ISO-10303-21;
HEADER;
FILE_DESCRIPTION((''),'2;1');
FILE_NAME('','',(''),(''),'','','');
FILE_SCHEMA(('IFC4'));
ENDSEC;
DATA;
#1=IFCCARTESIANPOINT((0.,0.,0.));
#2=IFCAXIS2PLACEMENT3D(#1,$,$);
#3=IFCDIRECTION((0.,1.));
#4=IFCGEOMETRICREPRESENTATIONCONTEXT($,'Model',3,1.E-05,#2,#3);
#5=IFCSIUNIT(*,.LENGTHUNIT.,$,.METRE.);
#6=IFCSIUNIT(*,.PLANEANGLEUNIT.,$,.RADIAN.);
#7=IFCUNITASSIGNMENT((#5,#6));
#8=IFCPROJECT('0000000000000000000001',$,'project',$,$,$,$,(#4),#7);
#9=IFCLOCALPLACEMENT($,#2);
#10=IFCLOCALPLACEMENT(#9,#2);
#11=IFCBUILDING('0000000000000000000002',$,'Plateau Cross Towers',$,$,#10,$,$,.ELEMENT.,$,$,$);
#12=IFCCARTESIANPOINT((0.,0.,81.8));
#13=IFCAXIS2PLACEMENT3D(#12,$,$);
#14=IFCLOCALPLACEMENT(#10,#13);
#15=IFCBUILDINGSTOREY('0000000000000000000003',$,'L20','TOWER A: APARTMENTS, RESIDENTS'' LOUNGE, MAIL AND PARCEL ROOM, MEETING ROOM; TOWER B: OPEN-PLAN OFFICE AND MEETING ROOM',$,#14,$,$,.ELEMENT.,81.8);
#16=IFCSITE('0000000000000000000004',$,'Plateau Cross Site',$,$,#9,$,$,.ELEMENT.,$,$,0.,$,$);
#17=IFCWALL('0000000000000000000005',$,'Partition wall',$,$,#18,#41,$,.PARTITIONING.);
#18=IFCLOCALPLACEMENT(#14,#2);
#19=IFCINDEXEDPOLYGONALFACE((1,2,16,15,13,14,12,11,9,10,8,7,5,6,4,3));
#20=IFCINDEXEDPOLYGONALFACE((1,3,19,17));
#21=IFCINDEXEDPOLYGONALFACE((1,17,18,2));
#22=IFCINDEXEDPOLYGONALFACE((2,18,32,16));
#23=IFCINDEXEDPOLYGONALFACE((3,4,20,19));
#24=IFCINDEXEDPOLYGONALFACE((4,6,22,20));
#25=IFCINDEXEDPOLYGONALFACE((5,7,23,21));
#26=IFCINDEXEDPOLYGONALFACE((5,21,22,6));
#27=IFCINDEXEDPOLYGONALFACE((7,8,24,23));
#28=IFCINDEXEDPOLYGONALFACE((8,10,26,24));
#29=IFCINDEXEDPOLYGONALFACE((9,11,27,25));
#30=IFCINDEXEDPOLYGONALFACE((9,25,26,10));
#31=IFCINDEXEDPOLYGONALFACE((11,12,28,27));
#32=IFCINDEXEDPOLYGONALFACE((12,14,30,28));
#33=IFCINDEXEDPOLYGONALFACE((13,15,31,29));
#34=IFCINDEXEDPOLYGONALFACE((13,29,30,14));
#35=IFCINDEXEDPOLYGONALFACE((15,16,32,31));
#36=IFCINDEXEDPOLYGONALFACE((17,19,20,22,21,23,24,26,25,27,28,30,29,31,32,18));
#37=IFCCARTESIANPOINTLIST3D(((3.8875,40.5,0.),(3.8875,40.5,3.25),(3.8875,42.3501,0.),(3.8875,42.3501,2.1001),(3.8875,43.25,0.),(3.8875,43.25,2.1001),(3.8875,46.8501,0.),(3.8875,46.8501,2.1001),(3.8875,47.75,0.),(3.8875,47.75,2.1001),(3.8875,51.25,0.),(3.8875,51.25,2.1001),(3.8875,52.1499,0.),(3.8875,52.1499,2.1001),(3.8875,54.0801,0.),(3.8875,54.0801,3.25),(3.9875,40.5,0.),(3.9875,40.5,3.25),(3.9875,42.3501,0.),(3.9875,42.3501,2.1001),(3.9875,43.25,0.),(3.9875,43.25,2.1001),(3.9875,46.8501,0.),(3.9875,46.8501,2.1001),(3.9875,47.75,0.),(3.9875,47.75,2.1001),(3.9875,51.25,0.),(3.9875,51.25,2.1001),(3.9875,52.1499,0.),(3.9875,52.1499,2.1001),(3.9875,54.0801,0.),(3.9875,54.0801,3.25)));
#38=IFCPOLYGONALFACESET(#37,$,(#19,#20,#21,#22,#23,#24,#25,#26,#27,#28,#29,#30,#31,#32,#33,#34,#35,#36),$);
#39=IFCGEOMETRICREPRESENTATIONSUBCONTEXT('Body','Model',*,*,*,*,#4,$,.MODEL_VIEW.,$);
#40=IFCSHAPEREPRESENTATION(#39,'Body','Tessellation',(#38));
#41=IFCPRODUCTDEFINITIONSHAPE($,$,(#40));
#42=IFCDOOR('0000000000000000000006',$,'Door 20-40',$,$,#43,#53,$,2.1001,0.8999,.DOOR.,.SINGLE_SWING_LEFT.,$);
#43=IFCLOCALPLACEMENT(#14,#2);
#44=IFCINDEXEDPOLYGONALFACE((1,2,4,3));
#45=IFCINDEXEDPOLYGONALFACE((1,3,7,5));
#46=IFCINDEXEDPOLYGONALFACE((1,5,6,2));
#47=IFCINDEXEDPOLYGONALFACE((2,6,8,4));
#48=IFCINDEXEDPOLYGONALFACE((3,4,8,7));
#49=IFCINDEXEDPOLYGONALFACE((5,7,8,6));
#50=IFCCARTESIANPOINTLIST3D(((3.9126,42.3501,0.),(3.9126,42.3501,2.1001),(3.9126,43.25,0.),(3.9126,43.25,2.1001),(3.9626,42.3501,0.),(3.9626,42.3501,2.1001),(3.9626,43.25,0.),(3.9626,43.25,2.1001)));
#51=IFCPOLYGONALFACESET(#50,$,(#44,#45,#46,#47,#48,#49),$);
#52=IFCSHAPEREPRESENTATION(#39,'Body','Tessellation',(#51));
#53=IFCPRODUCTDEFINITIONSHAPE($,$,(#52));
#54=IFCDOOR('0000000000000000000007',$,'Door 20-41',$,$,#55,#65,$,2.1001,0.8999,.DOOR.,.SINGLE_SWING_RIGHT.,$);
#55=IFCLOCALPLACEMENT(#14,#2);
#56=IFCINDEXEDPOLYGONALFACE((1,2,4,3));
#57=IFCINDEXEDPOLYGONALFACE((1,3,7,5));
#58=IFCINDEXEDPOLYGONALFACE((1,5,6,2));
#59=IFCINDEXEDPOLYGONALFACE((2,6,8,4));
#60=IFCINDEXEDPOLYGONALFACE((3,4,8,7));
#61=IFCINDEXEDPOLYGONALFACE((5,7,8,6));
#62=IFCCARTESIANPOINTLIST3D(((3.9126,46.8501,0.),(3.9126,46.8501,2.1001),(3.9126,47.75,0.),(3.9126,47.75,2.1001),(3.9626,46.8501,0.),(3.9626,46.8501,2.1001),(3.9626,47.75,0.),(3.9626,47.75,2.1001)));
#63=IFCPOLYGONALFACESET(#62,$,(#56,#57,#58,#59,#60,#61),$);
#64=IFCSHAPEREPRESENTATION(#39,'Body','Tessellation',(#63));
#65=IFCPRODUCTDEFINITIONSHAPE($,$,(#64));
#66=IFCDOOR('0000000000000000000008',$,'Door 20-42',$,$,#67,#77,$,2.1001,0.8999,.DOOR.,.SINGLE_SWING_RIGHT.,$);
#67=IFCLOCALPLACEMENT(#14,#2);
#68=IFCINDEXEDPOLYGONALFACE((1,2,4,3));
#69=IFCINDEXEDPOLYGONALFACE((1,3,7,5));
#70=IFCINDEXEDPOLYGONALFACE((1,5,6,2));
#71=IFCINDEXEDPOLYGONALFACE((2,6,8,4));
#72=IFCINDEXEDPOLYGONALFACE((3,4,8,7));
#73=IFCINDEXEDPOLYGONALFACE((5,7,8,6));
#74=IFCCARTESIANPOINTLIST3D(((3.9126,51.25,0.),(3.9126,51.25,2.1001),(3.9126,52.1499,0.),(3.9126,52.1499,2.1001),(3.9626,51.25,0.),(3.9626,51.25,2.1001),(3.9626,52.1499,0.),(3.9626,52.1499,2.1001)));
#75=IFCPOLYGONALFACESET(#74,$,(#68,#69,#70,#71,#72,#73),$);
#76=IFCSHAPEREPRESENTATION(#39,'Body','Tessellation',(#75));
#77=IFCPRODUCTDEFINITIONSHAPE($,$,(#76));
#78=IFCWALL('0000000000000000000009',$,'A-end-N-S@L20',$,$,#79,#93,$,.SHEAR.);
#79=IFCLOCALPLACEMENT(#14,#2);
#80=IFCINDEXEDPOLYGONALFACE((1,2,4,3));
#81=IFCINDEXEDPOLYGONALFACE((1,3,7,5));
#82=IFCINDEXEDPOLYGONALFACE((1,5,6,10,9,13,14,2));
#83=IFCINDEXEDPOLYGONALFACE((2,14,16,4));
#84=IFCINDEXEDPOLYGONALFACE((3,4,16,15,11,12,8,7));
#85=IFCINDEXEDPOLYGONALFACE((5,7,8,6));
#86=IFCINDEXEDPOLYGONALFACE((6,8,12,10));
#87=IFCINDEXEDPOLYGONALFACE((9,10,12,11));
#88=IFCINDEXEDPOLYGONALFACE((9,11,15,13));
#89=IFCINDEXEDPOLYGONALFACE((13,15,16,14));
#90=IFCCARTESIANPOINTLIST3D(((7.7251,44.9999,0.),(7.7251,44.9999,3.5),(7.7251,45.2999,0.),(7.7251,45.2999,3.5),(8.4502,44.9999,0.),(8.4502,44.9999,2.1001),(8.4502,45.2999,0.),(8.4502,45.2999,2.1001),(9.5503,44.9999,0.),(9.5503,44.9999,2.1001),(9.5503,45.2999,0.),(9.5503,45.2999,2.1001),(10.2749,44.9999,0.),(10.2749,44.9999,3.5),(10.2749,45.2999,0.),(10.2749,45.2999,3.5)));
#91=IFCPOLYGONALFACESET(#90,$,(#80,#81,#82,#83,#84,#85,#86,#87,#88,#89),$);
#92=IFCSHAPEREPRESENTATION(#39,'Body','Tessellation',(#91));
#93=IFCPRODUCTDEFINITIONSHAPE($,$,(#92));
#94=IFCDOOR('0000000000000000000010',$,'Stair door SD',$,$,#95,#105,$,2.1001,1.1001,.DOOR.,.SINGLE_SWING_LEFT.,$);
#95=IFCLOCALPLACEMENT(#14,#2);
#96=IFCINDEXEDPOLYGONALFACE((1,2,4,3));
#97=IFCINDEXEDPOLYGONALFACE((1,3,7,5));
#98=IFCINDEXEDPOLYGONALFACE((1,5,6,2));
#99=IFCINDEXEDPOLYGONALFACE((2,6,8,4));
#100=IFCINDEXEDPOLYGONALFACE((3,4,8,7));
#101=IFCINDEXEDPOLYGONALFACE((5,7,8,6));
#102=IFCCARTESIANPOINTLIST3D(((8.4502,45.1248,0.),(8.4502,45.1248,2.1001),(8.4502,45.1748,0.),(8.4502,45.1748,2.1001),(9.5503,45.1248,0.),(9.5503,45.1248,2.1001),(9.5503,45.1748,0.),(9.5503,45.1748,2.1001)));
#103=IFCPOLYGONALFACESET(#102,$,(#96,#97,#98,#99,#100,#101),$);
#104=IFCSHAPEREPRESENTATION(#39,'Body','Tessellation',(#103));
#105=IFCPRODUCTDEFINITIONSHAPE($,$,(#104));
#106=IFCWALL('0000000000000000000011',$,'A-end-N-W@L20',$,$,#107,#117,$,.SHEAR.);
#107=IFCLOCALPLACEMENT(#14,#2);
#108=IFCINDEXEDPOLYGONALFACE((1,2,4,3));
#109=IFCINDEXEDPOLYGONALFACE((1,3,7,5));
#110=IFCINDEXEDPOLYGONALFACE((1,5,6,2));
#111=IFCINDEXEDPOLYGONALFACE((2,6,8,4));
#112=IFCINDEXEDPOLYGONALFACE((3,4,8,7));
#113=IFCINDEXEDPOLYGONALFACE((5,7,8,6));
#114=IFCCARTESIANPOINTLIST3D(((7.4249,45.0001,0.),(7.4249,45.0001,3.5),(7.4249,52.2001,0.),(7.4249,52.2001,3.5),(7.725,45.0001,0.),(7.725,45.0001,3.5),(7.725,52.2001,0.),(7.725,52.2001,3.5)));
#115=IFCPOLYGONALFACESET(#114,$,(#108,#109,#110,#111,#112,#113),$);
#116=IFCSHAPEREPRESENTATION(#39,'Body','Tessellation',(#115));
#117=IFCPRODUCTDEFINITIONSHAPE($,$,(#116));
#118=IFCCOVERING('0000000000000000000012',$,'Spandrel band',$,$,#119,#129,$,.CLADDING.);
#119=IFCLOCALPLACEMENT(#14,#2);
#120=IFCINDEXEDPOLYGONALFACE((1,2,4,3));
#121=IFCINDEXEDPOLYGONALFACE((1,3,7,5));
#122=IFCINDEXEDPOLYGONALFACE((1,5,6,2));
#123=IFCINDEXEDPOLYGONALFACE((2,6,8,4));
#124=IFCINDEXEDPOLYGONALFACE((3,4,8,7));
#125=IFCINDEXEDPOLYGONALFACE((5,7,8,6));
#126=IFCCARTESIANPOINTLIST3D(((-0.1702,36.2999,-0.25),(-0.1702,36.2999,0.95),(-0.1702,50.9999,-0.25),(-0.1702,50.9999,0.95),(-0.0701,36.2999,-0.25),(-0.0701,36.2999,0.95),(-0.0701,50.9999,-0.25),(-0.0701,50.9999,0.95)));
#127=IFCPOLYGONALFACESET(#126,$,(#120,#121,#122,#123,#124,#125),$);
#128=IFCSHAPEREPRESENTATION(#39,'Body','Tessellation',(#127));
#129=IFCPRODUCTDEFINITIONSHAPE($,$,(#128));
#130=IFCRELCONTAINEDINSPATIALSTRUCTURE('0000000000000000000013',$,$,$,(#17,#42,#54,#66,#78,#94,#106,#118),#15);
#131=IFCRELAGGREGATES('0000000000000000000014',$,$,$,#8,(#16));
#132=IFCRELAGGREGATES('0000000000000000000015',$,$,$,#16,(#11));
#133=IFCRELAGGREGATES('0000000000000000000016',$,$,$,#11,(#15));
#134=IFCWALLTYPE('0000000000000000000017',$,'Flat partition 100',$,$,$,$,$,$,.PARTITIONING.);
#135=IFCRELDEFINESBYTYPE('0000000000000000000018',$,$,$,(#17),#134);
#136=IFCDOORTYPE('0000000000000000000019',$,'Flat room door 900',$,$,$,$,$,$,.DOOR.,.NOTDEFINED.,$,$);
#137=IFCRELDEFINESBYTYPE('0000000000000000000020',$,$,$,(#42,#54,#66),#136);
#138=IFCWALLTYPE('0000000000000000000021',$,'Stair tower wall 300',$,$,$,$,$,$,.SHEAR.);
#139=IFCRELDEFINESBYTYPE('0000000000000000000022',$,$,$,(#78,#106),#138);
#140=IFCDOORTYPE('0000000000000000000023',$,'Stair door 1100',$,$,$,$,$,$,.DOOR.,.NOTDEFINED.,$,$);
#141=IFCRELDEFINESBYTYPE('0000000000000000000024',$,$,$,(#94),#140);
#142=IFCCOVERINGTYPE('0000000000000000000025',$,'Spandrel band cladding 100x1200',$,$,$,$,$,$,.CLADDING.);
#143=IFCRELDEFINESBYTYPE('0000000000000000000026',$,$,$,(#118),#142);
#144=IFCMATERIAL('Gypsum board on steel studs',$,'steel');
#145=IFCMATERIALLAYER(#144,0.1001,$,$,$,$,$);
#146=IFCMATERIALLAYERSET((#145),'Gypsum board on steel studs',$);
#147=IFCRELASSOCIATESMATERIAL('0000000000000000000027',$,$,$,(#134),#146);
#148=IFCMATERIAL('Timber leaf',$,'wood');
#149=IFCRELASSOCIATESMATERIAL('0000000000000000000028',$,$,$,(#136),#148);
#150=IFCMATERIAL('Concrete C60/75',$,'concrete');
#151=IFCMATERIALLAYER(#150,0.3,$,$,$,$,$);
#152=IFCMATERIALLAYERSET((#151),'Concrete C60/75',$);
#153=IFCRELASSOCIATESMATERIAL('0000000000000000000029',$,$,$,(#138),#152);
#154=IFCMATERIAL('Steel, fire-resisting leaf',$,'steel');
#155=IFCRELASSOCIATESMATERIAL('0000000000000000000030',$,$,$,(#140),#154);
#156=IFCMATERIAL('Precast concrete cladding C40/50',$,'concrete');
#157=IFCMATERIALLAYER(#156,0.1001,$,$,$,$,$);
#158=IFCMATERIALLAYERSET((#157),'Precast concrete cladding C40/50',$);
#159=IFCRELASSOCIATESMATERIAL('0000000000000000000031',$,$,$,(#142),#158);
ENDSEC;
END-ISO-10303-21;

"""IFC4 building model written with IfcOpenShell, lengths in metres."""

from ifc_helpers import new_model, si_unit, direction, frame, frame_2d, origin, origin_2d, place, context, subcontext, project, spatial, rectangle, extrude, material, layer, layer_set, type_object, element, fill, save


model = new_model("IFC4")

# Units and contexts
model_context = context("Model", 3, precision=1e-05, world=origin(), true_north=direction((0.0, 1.0)))
body_context = subcontext(model_context, "Body", "Model", "MODEL_VIEW")
ifc_project = project(units=[si_unit("LENGTHUNIT", "METRE"), si_unit("PLANEANGLEUNIT", "RADIAN")], contexts=[model_context])

# Site, building, storey
site_placement = place(None, origin())
site = spatial("IfcSite", under=ifc_project, at=site_placement, Name="Plateau Cross Site", CompositionType="ELEMENT", RefElevation=0.0)
building_placement = place(site_placement, origin())
building = spatial("IfcBuilding", under=site, at=building_placement, Name="Plateau Cross Towers", CompositionType="ELEMENT")
storey_placement = place(building_placement, frame((0.0, 0.0, 81.8)))
storey = spatial("IfcBuildingStorey", under=building, at=storey_placement, Name="L20", Description="TOWER A: APARTMENTS, RESIDENTS' LOUNGE, MAIL AND PARCEL ROOM, MEETING ROOM; TOWER B: OPEN-PLAN OFFICE AND MEETING ROOM", CompositionType="ELEMENT", Elevation=81.8)

# Shared definitions
ifc_material_1 = material(Name="Gypsum board on steel studs", Category="steel")
ifc_layer_1 = layer(ifc_material_1, 0.1001)
ifc_layer_set_1 = layer_set([ifc_layer_1], Name="Gypsum board on steel studs")
wall_type_1 = type_object("IfcWallType", Name="Flat partition 100", PredefinedType="PARTITIONING", material=ifc_layer_set_1)

# Shared definitions
ifc_material_2 = material(Name="Timber leaf", Category="wood")
door_type_1 = type_object("IfcDoorType", Name="Flat room door 900", OperationType="NOTDEFINED", PredefinedType="DOOR", material=ifc_material_2)

# Wall, openings, doors
wall_1_placement = place(storey_placement, frame((3.9375, 40.5, 0.0), z_axis=(0.0, 0.0, 1.0), x_axis=(0.0, 1.0, 0.0)))
wall_1 = element("IfcWall", 1, at=wall_1_placement, inside=storey, type_object=wall_type_1, Name="Partition wall", PredefinedType="PARTITIONING", context=body_context, shape_type="SweptSolid", body=[
    extrude(rectangle(XDim=13.5801, YDim=0.1001, at=frame_2d((6.79, 0.0))), origin(), (0.0, 0.0, 1.0), 3.25),
])
opening_1_placement = place(wall_1_placement, frame((1.8501, 0.0, 0.0)))
opening_1 = element("IfcOpeningElement", 2, at=opening_1_placement, cuts=wall_1, PredefinedType="OPENING", context=body_context, shape_type="SweptSolid", body=[
    extrude(rectangle(XDim=0.8999, YDim=2.1001, at=frame_2d((0.45, 1.05))), frame((0.0, 0.0601, 0.0), z_axis=(0.0, -1.0, 0.0), x_axis=(1.0, 0.0, 0.0)), (0.0, 0.0, 1.0), 0.1201),
])
opening_2_placement = place(wall_1_placement, frame((6.3501, 0.0, 0.0)))
opening_2 = element("IfcOpeningElement", 3, at=opening_2_placement, cuts=wall_1, PredefinedType="OPENING", context=body_context, shape_type="SweptSolid", body=[
    extrude(rectangle(XDim=0.8999, YDim=2.1001, at=frame_2d((0.45, 1.05))), frame((0.0, 0.0601, 0.0), z_axis=(0.0, -1.0, 0.0), x_axis=(1.0, 0.0, 0.0)), (0.0, 0.0, 1.0), 0.1201),
])
opening_3_placement = place(wall_1_placement, frame((10.75, 0.0, 0.0)))
opening_3 = element("IfcOpeningElement", 4, at=opening_3_placement, cuts=wall_1, PredefinedType="OPENING", context=body_context, shape_type="SweptSolid", body=[
    extrude(rectangle(XDim=0.8999, YDim=2.1001, at=frame_2d((0.45, 1.05))), frame((0.0, 0.0601, 0.0), z_axis=(0.0, -1.0, 0.0), x_axis=(1.0, 0.0, 0.0)), (0.0, 0.0, 1.0), 0.1201),
])
door_1_placement = place(opening_1_placement, origin())
door_1 = element("IfcDoor", 5, at=door_1_placement, inside=storey, type_object=door_type_1, Name="Door 20-40", OperationType="SINGLE_SWING_LEFT", OverallHeight=2.1001, OverallWidth=0.8999, PredefinedType="DOOR", context=body_context, shape_type="SweptSolid", body=[
    extrude(rectangle(XDim=0.8999, YDim=2.1001, at=frame_2d((0.45, 1.05))), frame((0.0, 0.0249, 0.0), z_axis=(0.0, -1.0, 0.0), x_axis=(1.0, 0.0, 0.0)), (0.0, 0.0, 1.0), 0.05),
])
fill(opening_1, door_1)
door_2_placement = place(opening_2_placement, origin())
door_2 = element("IfcDoor", 6, at=door_2_placement, inside=storey, type_object=door_type_1, Name="Door 20-41", OperationType="SINGLE_SWING_RIGHT", OverallHeight=2.1001, OverallWidth=0.8999, PredefinedType="DOOR", context=body_context, shape_type="SweptSolid", body=[
    extrude(rectangle(XDim=0.8999, YDim=2.1001, at=frame_2d((0.45, 1.05))), frame((0.0, 0.0249, 0.0), z_axis=(0.0, -1.0, 0.0), x_axis=(1.0, 0.0, 0.0)), (0.0, 0.0, 1.0), 0.05),
])
fill(opening_2, door_2)
door_3_placement = place(opening_3_placement, origin())
door_3 = element("IfcDoor", 7, at=door_3_placement, inside=storey, type_object=door_type_1, Name="Door 20-42", OperationType="SINGLE_SWING_RIGHT", OverallHeight=2.1001, OverallWidth=0.8999, PredefinedType="DOOR", context=body_context, shape_type="SweptSolid", body=[
    extrude(rectangle(XDim=0.8999, YDim=2.1001, at=frame_2d((0.45, 1.05))), frame((0.0, 0.0249, 0.0), z_axis=(0.0, -1.0, 0.0), x_axis=(1.0, 0.0, 0.0)), (0.0, 0.0, 1.0), 0.05),
])
fill(opening_3, door_3)

# Wall, opening, door
ifc_material_3 = material(Name="Concrete C60/75", Category="concrete")
ifc_layer_2 = layer(ifc_material_3, 0.3)
ifc_layer_set_2 = layer_set([ifc_layer_2], Name="Concrete C60/75")
wall_type_2 = type_object("IfcWallType", Name="Stair tower wall 300", PredefinedType="SHEAR", material=ifc_layer_set_2)
wall_2_placement = place(storey_placement, frame((7.7251, 45.1499, 0.0), z_axis=(0.0, 0.0, 1.0), x_axis=(1.0, 0.0, 0.0)))
wall_2 = element("IfcWall", 8, at=wall_2_placement, inside=storey, type_object=wall_type_2, Name="A-end-N-S@L20", PredefinedType="SHEAR", context=body_context, shape_type="SweptSolid", body=[
    extrude(rectangle(XDim=2.5498, YDim=0.3, at=frame_2d((1.2749, 0.0))), origin(), (0.0, 0.0, 1.0), 3.5),
])
opening_4_placement = place(wall_2_placement, frame((0.7251, 0.0, 0.0)))
opening_4 = element("IfcOpeningElement", 9, at=opening_4_placement, cuts=wall_2, PredefinedType="OPENING", context=body_context, shape_type="SweptSolid", body=[
    extrude(rectangle(XDim=1.1001, YDim=2.1001, at=frame_2d((0.55, 1.05))), frame((0.0, 0.1599, 0.0), z_axis=(0.0, -1.0, 0.0), x_axis=(1.0, 0.0, 0.0)), (0.0, 0.0, 1.0), 0.3201),
])
ifc_material_4 = material(Name="Steel, fire-resisting leaf", Category="steel")
door_type_2 = type_object("IfcDoorType", Name="Stair door 1100", OperationType="NOTDEFINED", PredefinedType="DOOR", material=ifc_material_4)
door_4_placement = place(opening_4_placement, origin())
door_4 = element("IfcDoor", 10, at=door_4_placement, inside=storey, type_object=door_type_2, Name="Stair door SD", OperationType="SINGLE_SWING_LEFT", OverallHeight=2.1001, OverallWidth=1.1001, PredefinedType="DOOR", context=body_context, shape_type="SweptSolid", body=[
    extrude(rectangle(XDim=1.1001, YDim=2.1001, at=frame_2d((0.55, 1.05))), frame((0.0, 0.0249, 0.0), z_axis=(0.0, -1.0, 0.0), x_axis=(1.0, 0.0, 0.0)), (0.0, 0.0, 1.0), 0.05),
])
fill(opening_4, door_4)

# Wall
wall_3_placement = place(storey_placement, frame((7.575, 45.0, 0.0), z_axis=(0.0, 0.0, 1.0), x_axis=(0.0, 1.0, 0.0)))
element("IfcWall", 11, at=wall_3_placement, inside=storey, type_object=wall_type_2, Name="A-end-N-W@L20", PredefinedType="SHEAR", context=body_context, shape_type="SweptSolid", body=[
    extrude(rectangle(XDim=7.2, YDim=0.3, at=frame_2d((3.6001, 0.0))), origin(), (0.0, 0.0, 1.0), 3.5),
])

# Covering
ifc_material_5 = material(Name="Precast concrete cladding C40/50", Category="concrete")
ifc_layer_3 = layer(ifc_material_5, 0.1001)
ifc_layer_set_3 = layer_set([ifc_layer_3], Name="Precast concrete cladding C40/50")
covering_type = type_object("IfcCoveringType", Name="Spandrel band cladding 100x1200", PredefinedType="CLADDING", material=ifc_layer_set_3)
covering_placement = place(storey_placement, frame((-0.1201, 43.6499, -0.25), z_axis=(0.0, 0.0, 1.0), x_axis=(0.0, -1.0, 0.0)))
element("IfcCovering", 12, at=covering_placement, inside=storey, type_object=covering_type, Name="Spandrel band", PredefinedType="CLADDING", context=body_context, shape_type="SweptSolid", body=[
    extrude(rectangle(XDim=14.7, YDim=0.1001, at=origin_2d()), origin(), (0.0, 0.0, 1.0), 1.2),
])

save(model, "model.ifc")
